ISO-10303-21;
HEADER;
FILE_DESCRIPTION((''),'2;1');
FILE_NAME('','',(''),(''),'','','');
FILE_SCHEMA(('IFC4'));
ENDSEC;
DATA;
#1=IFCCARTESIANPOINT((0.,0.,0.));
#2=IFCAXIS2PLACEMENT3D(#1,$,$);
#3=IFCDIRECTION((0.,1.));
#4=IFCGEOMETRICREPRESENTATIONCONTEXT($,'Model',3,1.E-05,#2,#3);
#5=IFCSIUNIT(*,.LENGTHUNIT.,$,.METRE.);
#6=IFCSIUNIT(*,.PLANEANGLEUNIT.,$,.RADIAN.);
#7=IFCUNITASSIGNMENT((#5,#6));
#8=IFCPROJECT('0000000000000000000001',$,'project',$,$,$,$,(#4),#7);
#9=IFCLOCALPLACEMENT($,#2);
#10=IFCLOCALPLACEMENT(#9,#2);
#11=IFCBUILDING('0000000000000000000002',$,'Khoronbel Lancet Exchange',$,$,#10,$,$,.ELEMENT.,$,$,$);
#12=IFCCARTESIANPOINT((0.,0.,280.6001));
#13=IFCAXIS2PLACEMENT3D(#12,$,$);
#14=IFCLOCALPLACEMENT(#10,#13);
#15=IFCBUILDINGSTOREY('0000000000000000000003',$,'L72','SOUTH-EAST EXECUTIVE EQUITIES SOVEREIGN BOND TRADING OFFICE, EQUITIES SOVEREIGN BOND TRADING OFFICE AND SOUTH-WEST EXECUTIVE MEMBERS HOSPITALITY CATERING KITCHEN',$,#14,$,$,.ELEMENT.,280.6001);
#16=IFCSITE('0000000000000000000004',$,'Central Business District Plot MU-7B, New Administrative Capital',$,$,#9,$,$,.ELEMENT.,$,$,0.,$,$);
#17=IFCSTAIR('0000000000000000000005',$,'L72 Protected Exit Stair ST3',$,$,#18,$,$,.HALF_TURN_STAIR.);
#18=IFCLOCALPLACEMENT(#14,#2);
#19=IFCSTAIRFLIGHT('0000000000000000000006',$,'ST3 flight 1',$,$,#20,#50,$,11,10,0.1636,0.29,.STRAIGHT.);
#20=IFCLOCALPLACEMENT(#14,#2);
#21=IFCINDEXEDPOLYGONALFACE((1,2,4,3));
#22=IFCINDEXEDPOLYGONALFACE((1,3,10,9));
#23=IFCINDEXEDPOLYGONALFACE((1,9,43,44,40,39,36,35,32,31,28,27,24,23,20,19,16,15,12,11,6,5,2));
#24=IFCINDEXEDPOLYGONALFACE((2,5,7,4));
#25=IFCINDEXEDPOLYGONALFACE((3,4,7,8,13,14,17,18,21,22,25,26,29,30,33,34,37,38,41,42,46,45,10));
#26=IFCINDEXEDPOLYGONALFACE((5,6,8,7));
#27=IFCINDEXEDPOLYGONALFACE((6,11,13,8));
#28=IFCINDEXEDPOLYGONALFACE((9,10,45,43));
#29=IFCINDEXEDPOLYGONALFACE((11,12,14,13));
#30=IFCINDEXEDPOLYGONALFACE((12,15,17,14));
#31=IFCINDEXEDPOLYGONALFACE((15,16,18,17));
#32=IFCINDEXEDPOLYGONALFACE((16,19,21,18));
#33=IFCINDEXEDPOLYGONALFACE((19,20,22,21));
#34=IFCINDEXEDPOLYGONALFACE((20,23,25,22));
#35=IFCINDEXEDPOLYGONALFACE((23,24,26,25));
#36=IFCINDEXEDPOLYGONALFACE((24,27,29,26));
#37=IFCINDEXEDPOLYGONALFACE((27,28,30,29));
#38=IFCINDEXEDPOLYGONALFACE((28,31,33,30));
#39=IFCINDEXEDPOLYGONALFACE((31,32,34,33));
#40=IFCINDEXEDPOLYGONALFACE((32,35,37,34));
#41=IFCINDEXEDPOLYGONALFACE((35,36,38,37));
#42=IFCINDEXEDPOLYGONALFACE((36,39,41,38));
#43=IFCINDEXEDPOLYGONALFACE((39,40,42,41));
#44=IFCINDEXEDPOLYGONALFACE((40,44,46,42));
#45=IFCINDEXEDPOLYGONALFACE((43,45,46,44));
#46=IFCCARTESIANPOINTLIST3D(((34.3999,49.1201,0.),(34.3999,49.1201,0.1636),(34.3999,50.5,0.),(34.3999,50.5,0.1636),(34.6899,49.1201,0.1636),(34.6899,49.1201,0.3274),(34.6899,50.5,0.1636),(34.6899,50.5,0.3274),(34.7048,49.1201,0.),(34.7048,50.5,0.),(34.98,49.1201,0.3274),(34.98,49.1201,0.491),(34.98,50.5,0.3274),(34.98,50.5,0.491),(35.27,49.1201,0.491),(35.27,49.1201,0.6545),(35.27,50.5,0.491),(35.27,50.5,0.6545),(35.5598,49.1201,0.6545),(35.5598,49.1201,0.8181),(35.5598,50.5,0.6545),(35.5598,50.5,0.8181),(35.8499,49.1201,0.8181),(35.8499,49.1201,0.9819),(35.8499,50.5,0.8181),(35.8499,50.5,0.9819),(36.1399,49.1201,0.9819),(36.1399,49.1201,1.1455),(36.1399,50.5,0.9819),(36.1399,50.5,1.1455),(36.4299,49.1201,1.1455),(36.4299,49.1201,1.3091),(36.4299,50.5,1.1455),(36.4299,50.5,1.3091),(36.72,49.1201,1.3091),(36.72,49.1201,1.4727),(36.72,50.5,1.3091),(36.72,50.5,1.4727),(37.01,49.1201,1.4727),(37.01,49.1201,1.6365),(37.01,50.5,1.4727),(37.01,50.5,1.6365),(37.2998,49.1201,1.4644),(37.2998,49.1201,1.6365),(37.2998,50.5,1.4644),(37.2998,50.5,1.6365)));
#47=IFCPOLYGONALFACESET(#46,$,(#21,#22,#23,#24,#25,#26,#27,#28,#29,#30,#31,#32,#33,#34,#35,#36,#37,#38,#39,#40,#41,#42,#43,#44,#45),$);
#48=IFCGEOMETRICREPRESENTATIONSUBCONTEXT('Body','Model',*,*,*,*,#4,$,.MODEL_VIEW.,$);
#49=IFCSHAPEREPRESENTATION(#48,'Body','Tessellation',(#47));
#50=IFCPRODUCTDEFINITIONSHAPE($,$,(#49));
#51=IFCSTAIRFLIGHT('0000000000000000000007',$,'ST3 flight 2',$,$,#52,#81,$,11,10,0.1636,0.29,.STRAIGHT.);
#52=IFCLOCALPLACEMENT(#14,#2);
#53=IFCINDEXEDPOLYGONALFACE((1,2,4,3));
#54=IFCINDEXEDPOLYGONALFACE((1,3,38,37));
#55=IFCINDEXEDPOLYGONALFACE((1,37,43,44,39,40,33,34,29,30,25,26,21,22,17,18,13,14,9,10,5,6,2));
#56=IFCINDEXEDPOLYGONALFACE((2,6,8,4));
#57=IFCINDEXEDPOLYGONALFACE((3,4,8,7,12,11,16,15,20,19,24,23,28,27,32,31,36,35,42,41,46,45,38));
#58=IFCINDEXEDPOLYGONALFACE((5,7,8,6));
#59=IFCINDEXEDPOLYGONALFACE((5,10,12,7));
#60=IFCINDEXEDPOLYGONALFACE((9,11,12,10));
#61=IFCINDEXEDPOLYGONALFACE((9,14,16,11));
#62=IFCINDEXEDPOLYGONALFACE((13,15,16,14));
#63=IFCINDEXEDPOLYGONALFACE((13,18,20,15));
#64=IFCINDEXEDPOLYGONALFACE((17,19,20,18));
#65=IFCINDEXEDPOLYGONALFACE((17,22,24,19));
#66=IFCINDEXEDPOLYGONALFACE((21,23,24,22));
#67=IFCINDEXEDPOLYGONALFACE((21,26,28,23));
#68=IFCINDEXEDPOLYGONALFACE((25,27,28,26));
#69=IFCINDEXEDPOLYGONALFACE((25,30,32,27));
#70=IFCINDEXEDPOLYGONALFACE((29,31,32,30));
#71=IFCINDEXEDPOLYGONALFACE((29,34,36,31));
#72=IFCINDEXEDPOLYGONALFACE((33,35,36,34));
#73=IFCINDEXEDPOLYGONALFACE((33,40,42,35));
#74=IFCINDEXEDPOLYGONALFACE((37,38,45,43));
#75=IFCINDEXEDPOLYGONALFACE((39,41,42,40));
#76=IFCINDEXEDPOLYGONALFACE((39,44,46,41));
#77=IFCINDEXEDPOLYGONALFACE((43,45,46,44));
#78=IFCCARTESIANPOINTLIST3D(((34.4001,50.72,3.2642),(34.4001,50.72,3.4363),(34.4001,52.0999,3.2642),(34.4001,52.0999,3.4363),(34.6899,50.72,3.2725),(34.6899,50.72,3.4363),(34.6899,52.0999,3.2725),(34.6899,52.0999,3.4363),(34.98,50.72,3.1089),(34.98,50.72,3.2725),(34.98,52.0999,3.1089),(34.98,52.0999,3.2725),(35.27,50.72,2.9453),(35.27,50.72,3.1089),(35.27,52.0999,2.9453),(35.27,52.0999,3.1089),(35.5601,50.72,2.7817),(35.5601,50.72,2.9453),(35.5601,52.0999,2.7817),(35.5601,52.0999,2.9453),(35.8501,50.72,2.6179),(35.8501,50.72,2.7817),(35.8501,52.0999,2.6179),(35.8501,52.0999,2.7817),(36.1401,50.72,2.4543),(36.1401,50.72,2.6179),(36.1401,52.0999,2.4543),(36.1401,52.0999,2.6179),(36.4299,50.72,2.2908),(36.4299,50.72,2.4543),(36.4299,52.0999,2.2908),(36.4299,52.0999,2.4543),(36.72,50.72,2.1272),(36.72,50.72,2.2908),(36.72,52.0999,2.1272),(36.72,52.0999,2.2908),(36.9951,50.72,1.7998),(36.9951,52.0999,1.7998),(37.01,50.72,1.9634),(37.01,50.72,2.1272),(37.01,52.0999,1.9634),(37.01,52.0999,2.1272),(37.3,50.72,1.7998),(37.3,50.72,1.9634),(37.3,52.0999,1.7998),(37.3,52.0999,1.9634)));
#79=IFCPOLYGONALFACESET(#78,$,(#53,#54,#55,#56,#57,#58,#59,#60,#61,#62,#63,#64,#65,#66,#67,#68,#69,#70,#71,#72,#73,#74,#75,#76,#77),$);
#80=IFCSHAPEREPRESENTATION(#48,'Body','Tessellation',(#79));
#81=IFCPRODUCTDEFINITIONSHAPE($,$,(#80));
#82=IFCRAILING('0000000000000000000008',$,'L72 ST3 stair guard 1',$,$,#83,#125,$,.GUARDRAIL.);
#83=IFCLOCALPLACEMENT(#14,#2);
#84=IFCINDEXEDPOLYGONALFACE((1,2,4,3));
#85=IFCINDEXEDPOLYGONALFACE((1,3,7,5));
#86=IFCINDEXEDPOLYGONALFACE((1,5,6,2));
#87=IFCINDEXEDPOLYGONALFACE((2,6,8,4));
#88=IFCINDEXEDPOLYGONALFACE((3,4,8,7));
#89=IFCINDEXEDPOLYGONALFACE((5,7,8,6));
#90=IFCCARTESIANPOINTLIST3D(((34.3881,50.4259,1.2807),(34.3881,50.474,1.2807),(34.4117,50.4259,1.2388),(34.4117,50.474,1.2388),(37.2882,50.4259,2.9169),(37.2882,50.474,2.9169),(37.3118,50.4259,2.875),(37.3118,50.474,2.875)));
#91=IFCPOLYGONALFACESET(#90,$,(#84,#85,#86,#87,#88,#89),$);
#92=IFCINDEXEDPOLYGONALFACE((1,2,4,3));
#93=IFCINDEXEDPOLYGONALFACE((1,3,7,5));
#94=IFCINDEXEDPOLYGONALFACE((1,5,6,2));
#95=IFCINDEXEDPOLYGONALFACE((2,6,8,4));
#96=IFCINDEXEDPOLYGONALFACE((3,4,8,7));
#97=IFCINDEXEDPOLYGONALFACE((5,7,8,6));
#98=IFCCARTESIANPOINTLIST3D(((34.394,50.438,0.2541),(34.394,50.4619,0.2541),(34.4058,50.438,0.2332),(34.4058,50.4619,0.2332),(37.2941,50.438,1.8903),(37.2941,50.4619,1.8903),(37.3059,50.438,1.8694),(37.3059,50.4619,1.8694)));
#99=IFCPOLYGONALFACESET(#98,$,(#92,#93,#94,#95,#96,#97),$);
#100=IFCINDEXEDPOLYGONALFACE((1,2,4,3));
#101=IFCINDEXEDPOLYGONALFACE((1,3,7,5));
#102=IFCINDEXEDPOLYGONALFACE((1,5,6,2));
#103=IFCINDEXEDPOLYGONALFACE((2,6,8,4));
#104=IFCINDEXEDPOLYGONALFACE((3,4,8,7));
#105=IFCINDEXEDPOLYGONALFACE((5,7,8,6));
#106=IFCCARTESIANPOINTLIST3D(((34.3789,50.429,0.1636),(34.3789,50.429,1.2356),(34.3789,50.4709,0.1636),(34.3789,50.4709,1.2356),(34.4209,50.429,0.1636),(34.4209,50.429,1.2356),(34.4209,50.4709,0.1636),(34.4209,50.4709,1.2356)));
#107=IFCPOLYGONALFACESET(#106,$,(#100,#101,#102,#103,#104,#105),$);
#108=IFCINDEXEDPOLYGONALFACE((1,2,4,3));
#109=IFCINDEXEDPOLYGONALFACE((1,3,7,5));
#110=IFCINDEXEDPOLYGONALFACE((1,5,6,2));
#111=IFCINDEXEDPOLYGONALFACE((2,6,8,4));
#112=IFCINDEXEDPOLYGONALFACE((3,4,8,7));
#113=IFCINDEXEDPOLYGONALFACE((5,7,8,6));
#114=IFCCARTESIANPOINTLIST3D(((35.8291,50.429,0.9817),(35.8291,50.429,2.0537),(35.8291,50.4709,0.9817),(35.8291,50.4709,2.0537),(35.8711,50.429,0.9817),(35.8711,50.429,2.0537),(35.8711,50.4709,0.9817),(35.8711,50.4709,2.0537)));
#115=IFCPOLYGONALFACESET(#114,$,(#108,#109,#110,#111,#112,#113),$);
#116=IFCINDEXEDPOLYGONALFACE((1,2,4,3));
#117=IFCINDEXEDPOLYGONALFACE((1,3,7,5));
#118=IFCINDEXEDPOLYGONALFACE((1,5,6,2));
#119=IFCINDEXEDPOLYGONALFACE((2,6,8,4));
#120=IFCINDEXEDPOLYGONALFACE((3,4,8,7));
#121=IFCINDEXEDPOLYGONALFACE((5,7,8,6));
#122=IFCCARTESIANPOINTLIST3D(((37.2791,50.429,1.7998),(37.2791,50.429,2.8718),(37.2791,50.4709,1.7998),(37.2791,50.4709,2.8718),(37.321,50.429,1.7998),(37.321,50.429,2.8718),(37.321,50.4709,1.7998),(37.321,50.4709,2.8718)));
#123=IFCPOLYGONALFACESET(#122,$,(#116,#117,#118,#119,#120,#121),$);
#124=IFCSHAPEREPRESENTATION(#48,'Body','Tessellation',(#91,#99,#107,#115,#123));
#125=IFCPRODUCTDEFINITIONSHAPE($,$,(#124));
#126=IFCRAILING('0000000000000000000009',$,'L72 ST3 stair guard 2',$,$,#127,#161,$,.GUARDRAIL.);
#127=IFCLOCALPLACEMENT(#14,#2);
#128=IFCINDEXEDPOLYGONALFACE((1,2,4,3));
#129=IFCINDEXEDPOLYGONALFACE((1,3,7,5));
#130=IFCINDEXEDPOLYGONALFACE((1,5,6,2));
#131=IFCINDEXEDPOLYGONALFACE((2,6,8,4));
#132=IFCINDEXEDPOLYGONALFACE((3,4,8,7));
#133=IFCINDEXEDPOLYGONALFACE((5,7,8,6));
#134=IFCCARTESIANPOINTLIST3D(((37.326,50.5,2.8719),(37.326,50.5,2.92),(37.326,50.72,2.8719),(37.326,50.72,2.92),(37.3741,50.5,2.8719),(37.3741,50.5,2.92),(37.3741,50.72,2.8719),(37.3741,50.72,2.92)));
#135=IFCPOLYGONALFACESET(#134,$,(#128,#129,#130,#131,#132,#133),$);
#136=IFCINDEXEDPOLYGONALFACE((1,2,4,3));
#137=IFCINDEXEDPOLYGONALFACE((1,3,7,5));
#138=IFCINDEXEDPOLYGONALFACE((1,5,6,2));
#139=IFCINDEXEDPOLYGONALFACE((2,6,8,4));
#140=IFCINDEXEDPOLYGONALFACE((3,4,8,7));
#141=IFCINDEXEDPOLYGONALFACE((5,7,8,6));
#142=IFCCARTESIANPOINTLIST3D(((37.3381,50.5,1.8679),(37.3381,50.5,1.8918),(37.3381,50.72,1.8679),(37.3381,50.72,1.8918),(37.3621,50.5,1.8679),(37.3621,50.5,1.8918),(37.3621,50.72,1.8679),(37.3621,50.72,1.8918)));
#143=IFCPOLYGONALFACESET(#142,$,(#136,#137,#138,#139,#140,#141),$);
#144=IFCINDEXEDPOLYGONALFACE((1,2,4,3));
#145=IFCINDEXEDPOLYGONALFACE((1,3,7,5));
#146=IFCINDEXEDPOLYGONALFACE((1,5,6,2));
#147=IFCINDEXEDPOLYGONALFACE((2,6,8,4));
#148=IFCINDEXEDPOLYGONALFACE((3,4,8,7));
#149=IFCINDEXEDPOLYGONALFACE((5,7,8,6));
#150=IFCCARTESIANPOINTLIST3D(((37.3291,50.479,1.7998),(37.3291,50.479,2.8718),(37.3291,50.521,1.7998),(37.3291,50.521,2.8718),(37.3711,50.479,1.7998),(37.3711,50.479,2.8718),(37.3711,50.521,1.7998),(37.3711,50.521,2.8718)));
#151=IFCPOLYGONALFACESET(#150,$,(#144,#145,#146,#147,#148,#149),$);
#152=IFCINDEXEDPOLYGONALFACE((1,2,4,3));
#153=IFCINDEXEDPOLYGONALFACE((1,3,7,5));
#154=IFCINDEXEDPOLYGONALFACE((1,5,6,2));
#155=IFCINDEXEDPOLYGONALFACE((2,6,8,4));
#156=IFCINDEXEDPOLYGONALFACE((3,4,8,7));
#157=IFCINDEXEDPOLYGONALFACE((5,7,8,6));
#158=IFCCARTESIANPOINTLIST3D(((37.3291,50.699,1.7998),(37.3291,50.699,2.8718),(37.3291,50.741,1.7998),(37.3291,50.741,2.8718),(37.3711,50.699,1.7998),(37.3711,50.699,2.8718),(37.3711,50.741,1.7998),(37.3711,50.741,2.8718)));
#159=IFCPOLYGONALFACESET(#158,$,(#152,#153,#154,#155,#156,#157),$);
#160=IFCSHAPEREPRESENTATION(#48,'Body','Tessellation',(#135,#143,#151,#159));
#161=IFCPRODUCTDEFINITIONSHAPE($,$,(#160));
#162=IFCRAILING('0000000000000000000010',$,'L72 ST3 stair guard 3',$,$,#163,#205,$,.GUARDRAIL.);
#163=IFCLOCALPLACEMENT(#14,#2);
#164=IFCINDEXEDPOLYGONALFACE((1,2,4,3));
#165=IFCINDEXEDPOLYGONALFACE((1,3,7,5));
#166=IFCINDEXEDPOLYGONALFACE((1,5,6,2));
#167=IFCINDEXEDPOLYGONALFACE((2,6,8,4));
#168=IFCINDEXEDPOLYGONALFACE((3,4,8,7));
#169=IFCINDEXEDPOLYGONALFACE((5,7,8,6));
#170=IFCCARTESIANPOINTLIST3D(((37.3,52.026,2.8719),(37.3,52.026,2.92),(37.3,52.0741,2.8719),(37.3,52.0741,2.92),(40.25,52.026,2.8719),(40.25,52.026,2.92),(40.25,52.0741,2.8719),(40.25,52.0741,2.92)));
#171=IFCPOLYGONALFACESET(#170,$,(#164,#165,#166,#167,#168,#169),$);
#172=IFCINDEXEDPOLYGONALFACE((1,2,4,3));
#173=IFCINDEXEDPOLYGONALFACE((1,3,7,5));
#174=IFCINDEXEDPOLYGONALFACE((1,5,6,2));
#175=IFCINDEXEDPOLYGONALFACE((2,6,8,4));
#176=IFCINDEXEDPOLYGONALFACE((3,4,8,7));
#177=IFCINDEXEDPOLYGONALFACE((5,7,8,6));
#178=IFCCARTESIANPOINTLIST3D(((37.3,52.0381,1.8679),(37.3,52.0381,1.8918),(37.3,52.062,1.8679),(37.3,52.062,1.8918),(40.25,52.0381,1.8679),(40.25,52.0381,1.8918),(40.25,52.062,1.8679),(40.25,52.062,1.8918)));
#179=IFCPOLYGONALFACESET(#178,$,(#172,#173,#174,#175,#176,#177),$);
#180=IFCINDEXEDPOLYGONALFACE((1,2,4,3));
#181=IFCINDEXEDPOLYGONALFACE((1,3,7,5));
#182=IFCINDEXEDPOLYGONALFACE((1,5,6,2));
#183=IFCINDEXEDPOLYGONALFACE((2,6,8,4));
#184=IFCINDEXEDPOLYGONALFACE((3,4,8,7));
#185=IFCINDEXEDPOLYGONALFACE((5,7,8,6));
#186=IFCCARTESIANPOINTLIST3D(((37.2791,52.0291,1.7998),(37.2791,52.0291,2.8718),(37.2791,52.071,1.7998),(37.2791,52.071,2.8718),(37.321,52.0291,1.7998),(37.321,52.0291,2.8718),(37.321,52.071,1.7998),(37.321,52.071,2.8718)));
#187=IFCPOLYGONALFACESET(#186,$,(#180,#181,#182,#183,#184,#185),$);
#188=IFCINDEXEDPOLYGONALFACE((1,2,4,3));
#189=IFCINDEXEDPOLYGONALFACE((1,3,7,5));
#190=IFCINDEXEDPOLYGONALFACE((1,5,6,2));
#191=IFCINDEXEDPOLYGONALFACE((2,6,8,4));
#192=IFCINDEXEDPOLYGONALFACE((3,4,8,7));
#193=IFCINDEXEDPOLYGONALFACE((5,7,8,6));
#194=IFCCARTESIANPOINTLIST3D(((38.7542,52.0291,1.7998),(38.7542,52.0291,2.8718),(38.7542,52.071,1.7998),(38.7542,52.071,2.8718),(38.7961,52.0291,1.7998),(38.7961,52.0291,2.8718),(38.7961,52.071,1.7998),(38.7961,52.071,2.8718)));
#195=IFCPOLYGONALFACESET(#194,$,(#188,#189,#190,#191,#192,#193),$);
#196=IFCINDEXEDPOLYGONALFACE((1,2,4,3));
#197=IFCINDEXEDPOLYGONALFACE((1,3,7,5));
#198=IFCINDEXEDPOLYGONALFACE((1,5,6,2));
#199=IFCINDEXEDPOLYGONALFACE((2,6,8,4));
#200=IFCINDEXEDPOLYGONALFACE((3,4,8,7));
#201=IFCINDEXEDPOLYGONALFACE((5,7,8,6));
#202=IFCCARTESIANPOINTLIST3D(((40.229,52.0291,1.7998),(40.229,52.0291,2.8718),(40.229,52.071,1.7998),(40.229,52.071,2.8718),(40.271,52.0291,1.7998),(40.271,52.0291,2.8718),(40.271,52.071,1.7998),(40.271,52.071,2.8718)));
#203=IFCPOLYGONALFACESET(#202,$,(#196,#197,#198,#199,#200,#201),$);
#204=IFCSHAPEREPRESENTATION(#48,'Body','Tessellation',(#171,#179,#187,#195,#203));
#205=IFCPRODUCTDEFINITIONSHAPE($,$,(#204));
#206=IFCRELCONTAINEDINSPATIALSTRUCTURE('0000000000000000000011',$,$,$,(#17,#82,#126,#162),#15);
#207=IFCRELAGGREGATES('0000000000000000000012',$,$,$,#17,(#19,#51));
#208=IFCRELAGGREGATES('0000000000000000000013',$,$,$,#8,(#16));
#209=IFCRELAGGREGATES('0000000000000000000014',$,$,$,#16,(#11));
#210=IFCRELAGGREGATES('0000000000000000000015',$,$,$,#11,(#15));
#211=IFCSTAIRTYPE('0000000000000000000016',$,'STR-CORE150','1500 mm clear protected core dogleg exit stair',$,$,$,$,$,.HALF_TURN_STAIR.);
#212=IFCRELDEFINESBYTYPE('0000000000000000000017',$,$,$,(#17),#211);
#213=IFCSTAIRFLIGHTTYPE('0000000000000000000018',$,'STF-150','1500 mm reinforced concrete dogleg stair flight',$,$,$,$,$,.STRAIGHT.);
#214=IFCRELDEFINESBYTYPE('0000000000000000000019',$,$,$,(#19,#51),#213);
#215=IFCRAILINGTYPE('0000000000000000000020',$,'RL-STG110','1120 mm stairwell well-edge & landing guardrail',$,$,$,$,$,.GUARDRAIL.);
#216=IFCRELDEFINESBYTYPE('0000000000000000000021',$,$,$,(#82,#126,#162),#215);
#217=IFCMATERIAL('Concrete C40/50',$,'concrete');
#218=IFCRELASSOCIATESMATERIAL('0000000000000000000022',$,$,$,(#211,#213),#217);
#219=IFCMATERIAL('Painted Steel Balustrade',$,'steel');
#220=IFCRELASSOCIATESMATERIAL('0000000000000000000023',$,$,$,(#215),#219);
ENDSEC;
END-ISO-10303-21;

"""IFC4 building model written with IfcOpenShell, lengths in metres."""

from ifc_helpers import new_model, si_unit, direction, frame, origin, origin_2d, place, context, subcontext, project, spatial, polyline, rectangle, outline, extrude, material, type_object, element, aggregate, save


model = new_model("IFC4")

# Units and contexts
model_context = context("Model", 3, precision=1e-05, world=origin(), true_north=direction((0.0, 1.0)))
body_context = subcontext(model_context, "Body", "Model", "MODEL_VIEW")
ifc_project = project(units=[si_unit("LENGTHUNIT", "METRE"), si_unit("PLANEANGLEUNIT", "RADIAN")], contexts=[model_context])

# Site, building, storey
site_placement = place(None, origin())
site = spatial("IfcSite", under=ifc_project, at=site_placement, Name="Central Business District Plot MU-7B, New Administrative Capital", CompositionType="ELEMENT", RefElevation=0.0)
building_placement = place(site_placement, origin())
building = spatial("IfcBuilding", under=site, at=building_placement, Name="Khoronbel Lancet Exchange", CompositionType="ELEMENT")
storey_placement = place(building_placement, frame((0.0, 0.0, 280.6001)))
storey = spatial("IfcBuildingStorey", under=building, at=storey_placement, Name="L72", Description="SOUTH-EAST EXECUTIVE EQUITIES SOVEREIGN BOND TRADING OFFICE, EQUITIES SOVEREIGN BOND TRADING OFFICE AND SOUTH-WEST EXECUTIVE MEMBERS HOSPITALITY CATERING KITCHEN", CompositionType="ELEMENT", Elevation=280.6001)

# Stair, stair flights
ifc_material_1 = material(Name="Concrete C40/50", Category="concrete")
stair_type = type_object("IfcStairType", Name="STR-CORE150", Description="1500 mm clear protected core dogleg exit stair", PredefinedType="HALF_TURN_STAIR", material=ifc_material_1)
stair_placement = place(storey_placement, origin())
stair = element("IfcStair", 1, at=stair_placement, inside=storey, type_object=stair_type, Name="L72 Protected Exit Stair ST3", PredefinedType="HALF_TURN_STAIR")
stair_flight_type = type_object("IfcStairFlightType", Name="STF-150", Description="1500 mm reinforced concrete dogleg stair flight", PredefinedType="STRAIGHT", material=ifc_material_1)
stair_flight_1_placement = place(storey_placement, frame((34.3999, 49.8101, 0.0), z_axis=(0.0, 0.0, 1.0), x_axis=(1.0, 0.0, 0.0)))
stair_flight_1 = element("IfcStairFlight", 2, at=stair_flight_1_placement, type_object=stair_flight_type, Name="ST3 flight 1", NumberOfRisers=11, NumberOfTreads=10, PredefinedType="STRAIGHT", RiserHeight=0.1636, TreadLength=0.29, context=body_context, shape_type="SweptSolid", body=[
    extrude(outline(polyline([(0.0, 0.0), (0.0, 0.1636), (0.29, 0.1636), (0.29, 0.3274), (0.5801, 0.3274), (0.5801, 0.491), (0.8701, 0.491), (0.8701, 0.6545), (1.1599, 0.6545), (1.1599, 0.8181), (1.45, 0.8181), (1.45, 0.9819), (1.74, 0.9819), (1.74, 1.1455), (2.03, 1.1455), (2.03, 1.3091), (2.3201, 1.3091), (2.3201, 1.4727), (2.6101, 1.4727), (2.6101, 1.6365), (2.8999, 1.6365), (2.8999, 1.8), (2.8999, 1.4644), (0.3049, 0.0), (0.0, 0.0)])), frame((0.0, 0.6899, 0.0), z_axis=(0.0, -1.0, 0.0), x_axis=(1.0, 0.0, 0.0)), (0.0, 0.0, 1.0), 1.3799),
])
stair_flight_2_placement = place(storey_placement, frame((37.3, 51.4099, 1.7998), z_axis=(0.0, 0.0, 1.0), x_axis=(-1.0, 0.0, 0.0)))
stair_flight_2 = element("IfcStairFlight", 3, at=stair_flight_2_placement, type_object=stair_flight_type, Name="ST3 flight 2", NumberOfRisers=11, NumberOfTreads=10, PredefinedType="STRAIGHT", RiserHeight=0.1636, TreadLength=0.29, context=body_context, shape_type="SweptSolid", body=[
    extrude(outline(polyline([(0.0, 0.0), (0.0, 0.1636), (0.29, 0.1636), (0.29, 0.3274), (0.5801, 0.3274), (0.5801, 0.491), (0.8701, 0.491), (0.8701, 0.6545), (1.1599, 0.6545), (1.1599, 0.8181), (1.45, 0.8181), (1.45, 0.9819), (1.74, 0.9819), (1.74, 1.1455), (2.03, 1.1455), (2.03, 1.3091), (2.3201, 1.3091), (2.3201, 1.4727), (2.6101, 1.4727), (2.6101, 1.6365), (2.8999, 1.6365), (2.8999, 1.8), (2.8999, 1.4644), (0.3049, 0.0), (0.0, 0.0)])), frame((0.0, 0.6899, 0.0), z_axis=(0.0, -1.0, 0.0), x_axis=(1.0, 0.0, 0.0)), (0.0, 0.0, 1.0), 1.3799),
])
aggregate(stair, [stair_flight_1, stair_flight_2])

# Railings
ifc_material_2 = material(Name="Painted Steel Balustrade", Category="steel")
railing_type_1 = type_object("IfcRailingType", Name="RL-STG110", Description="1120 mm stairwell well-edge & landing guardrail", PredefinedType="GUARDRAIL", material=ifc_material_2)
railing_1_placement = place(storey_placement, frame((34.3999, 50.45, 0.1636)))
element("IfcRailing", 4, at=railing_1_placement, inside=storey, type_object=railing_type_1, Name="L72 ST3 stair guard 1", PredefinedType="GUARDRAIL", context=body_context, shape_type="SweptSolid", body=[
    extrude(rectangle(XDim=0.0481, YDim=0.0481, at=origin_2d()), frame((0.0, 0.0, 1.0962), z_axis=(0.870946, 0.0, 0.491378), x_axis=(0.0, 1.0, 0.0)), (0.0, 0.0, 1.0), 3.3298),
    extrude(rectangle(XDim=0.0239, YDim=0.0239, at=origin_2d()), frame((0.0, 0.0, 0.0801), z_axis=(0.870946, 0.0, 0.491378), x_axis=(0.0, 1.0, 0.0)), (0.0, 0.0, 1.0), 3.3298),
    extrude(rectangle(XDim=0.042, YDim=0.042, at=origin_2d()), origin(), (0.0, 0.0, 1.0), 1.072),
    extrude(rectangle(XDim=0.042, YDim=0.042, at=origin_2d()), frame((1.4502, 0.0, 0.8181)), (0.0, 0.0, 1.0), 1.072),
    extrude(rectangle(XDim=0.042, YDim=0.042, at=origin_2d()), frame((2.9001, 0.0, 1.6362)), (0.0, 0.0, 1.0), 1.072),
])
railing_2_placement = place(storey_placement, frame((37.3501, 50.5, 1.7998)))
element("IfcRailing", 5, at=railing_2_placement, inside=storey, type_object=railing_type_1, Name="L72 ST3 stair guard 2", PredefinedType="GUARDRAIL", context=body_context, shape_type="SweptSolid", body=[
    extrude(rectangle(XDim=0.0481, YDim=0.0481, at=origin_2d()), frame((0.0, 0.0, 1.0962), z_axis=(0.0, 1.0, 0.0), x_axis=(-1.0, 0.0, 0.0)), (0.0, 0.0, 1.0), 0.22),
    extrude(rectangle(XDim=0.0239, YDim=0.0239, at=origin_2d()), frame((0.0, 0.0, 0.0801), z_axis=(0.0, 1.0, 0.0), x_axis=(-1.0, 0.0, 0.0)), (0.0, 0.0, 1.0), 0.22),
    extrude(rectangle(XDim=0.042, YDim=0.042, at=origin_2d()), origin(), (0.0, 0.0, 1.0), 1.072),
    extrude(rectangle(XDim=0.042, YDim=0.042, at=origin_2d()), frame((0.0, 0.22, 0.0)), (0.0, 0.0, 1.0), 1.072),
])
railing_3_placement = place(storey_placement, frame((37.3, 52.05, 1.7998)))
element("IfcRailing", 6, at=railing_3_placement, inside=storey, type_object=railing_type_1, Name="L72 ST3 stair guard 3", PredefinedType="GUARDRAIL", context=body_context, shape_type="SweptSolid", body=[
    extrude(rectangle(XDim=0.0481, YDim=0.0481, at=origin_2d()), frame((0.0, 0.0, 1.0962), z_axis=(1.0, 0.0, 0.0), x_axis=(0.0, 1.0, 0.0)), (0.0, 0.0, 1.0), 2.95),
    extrude(rectangle(XDim=0.0239, YDim=0.0239, at=origin_2d()), frame((0.0, 0.0, 0.0801), z_axis=(1.0, 0.0, 0.0), x_axis=(0.0, 1.0, 0.0)), (0.0, 0.0, 1.0), 2.95),
    extrude(rectangle(XDim=0.042, YDim=0.042, at=origin_2d()), origin(), (0.0, 0.0, 1.0), 1.072),
    extrude(rectangle(XDim=0.042, YDim=0.042, at=origin_2d()), frame((1.4751, 0.0, 0.0)), (0.0, 0.0, 1.0), 1.072),
    extrude(rectangle(XDim=0.042, YDim=0.042, at=origin_2d()), frame((2.95, 0.0, 0.0)), (0.0, 0.0, 1.0), 1.072),
])

save(model, "model.ifc")
